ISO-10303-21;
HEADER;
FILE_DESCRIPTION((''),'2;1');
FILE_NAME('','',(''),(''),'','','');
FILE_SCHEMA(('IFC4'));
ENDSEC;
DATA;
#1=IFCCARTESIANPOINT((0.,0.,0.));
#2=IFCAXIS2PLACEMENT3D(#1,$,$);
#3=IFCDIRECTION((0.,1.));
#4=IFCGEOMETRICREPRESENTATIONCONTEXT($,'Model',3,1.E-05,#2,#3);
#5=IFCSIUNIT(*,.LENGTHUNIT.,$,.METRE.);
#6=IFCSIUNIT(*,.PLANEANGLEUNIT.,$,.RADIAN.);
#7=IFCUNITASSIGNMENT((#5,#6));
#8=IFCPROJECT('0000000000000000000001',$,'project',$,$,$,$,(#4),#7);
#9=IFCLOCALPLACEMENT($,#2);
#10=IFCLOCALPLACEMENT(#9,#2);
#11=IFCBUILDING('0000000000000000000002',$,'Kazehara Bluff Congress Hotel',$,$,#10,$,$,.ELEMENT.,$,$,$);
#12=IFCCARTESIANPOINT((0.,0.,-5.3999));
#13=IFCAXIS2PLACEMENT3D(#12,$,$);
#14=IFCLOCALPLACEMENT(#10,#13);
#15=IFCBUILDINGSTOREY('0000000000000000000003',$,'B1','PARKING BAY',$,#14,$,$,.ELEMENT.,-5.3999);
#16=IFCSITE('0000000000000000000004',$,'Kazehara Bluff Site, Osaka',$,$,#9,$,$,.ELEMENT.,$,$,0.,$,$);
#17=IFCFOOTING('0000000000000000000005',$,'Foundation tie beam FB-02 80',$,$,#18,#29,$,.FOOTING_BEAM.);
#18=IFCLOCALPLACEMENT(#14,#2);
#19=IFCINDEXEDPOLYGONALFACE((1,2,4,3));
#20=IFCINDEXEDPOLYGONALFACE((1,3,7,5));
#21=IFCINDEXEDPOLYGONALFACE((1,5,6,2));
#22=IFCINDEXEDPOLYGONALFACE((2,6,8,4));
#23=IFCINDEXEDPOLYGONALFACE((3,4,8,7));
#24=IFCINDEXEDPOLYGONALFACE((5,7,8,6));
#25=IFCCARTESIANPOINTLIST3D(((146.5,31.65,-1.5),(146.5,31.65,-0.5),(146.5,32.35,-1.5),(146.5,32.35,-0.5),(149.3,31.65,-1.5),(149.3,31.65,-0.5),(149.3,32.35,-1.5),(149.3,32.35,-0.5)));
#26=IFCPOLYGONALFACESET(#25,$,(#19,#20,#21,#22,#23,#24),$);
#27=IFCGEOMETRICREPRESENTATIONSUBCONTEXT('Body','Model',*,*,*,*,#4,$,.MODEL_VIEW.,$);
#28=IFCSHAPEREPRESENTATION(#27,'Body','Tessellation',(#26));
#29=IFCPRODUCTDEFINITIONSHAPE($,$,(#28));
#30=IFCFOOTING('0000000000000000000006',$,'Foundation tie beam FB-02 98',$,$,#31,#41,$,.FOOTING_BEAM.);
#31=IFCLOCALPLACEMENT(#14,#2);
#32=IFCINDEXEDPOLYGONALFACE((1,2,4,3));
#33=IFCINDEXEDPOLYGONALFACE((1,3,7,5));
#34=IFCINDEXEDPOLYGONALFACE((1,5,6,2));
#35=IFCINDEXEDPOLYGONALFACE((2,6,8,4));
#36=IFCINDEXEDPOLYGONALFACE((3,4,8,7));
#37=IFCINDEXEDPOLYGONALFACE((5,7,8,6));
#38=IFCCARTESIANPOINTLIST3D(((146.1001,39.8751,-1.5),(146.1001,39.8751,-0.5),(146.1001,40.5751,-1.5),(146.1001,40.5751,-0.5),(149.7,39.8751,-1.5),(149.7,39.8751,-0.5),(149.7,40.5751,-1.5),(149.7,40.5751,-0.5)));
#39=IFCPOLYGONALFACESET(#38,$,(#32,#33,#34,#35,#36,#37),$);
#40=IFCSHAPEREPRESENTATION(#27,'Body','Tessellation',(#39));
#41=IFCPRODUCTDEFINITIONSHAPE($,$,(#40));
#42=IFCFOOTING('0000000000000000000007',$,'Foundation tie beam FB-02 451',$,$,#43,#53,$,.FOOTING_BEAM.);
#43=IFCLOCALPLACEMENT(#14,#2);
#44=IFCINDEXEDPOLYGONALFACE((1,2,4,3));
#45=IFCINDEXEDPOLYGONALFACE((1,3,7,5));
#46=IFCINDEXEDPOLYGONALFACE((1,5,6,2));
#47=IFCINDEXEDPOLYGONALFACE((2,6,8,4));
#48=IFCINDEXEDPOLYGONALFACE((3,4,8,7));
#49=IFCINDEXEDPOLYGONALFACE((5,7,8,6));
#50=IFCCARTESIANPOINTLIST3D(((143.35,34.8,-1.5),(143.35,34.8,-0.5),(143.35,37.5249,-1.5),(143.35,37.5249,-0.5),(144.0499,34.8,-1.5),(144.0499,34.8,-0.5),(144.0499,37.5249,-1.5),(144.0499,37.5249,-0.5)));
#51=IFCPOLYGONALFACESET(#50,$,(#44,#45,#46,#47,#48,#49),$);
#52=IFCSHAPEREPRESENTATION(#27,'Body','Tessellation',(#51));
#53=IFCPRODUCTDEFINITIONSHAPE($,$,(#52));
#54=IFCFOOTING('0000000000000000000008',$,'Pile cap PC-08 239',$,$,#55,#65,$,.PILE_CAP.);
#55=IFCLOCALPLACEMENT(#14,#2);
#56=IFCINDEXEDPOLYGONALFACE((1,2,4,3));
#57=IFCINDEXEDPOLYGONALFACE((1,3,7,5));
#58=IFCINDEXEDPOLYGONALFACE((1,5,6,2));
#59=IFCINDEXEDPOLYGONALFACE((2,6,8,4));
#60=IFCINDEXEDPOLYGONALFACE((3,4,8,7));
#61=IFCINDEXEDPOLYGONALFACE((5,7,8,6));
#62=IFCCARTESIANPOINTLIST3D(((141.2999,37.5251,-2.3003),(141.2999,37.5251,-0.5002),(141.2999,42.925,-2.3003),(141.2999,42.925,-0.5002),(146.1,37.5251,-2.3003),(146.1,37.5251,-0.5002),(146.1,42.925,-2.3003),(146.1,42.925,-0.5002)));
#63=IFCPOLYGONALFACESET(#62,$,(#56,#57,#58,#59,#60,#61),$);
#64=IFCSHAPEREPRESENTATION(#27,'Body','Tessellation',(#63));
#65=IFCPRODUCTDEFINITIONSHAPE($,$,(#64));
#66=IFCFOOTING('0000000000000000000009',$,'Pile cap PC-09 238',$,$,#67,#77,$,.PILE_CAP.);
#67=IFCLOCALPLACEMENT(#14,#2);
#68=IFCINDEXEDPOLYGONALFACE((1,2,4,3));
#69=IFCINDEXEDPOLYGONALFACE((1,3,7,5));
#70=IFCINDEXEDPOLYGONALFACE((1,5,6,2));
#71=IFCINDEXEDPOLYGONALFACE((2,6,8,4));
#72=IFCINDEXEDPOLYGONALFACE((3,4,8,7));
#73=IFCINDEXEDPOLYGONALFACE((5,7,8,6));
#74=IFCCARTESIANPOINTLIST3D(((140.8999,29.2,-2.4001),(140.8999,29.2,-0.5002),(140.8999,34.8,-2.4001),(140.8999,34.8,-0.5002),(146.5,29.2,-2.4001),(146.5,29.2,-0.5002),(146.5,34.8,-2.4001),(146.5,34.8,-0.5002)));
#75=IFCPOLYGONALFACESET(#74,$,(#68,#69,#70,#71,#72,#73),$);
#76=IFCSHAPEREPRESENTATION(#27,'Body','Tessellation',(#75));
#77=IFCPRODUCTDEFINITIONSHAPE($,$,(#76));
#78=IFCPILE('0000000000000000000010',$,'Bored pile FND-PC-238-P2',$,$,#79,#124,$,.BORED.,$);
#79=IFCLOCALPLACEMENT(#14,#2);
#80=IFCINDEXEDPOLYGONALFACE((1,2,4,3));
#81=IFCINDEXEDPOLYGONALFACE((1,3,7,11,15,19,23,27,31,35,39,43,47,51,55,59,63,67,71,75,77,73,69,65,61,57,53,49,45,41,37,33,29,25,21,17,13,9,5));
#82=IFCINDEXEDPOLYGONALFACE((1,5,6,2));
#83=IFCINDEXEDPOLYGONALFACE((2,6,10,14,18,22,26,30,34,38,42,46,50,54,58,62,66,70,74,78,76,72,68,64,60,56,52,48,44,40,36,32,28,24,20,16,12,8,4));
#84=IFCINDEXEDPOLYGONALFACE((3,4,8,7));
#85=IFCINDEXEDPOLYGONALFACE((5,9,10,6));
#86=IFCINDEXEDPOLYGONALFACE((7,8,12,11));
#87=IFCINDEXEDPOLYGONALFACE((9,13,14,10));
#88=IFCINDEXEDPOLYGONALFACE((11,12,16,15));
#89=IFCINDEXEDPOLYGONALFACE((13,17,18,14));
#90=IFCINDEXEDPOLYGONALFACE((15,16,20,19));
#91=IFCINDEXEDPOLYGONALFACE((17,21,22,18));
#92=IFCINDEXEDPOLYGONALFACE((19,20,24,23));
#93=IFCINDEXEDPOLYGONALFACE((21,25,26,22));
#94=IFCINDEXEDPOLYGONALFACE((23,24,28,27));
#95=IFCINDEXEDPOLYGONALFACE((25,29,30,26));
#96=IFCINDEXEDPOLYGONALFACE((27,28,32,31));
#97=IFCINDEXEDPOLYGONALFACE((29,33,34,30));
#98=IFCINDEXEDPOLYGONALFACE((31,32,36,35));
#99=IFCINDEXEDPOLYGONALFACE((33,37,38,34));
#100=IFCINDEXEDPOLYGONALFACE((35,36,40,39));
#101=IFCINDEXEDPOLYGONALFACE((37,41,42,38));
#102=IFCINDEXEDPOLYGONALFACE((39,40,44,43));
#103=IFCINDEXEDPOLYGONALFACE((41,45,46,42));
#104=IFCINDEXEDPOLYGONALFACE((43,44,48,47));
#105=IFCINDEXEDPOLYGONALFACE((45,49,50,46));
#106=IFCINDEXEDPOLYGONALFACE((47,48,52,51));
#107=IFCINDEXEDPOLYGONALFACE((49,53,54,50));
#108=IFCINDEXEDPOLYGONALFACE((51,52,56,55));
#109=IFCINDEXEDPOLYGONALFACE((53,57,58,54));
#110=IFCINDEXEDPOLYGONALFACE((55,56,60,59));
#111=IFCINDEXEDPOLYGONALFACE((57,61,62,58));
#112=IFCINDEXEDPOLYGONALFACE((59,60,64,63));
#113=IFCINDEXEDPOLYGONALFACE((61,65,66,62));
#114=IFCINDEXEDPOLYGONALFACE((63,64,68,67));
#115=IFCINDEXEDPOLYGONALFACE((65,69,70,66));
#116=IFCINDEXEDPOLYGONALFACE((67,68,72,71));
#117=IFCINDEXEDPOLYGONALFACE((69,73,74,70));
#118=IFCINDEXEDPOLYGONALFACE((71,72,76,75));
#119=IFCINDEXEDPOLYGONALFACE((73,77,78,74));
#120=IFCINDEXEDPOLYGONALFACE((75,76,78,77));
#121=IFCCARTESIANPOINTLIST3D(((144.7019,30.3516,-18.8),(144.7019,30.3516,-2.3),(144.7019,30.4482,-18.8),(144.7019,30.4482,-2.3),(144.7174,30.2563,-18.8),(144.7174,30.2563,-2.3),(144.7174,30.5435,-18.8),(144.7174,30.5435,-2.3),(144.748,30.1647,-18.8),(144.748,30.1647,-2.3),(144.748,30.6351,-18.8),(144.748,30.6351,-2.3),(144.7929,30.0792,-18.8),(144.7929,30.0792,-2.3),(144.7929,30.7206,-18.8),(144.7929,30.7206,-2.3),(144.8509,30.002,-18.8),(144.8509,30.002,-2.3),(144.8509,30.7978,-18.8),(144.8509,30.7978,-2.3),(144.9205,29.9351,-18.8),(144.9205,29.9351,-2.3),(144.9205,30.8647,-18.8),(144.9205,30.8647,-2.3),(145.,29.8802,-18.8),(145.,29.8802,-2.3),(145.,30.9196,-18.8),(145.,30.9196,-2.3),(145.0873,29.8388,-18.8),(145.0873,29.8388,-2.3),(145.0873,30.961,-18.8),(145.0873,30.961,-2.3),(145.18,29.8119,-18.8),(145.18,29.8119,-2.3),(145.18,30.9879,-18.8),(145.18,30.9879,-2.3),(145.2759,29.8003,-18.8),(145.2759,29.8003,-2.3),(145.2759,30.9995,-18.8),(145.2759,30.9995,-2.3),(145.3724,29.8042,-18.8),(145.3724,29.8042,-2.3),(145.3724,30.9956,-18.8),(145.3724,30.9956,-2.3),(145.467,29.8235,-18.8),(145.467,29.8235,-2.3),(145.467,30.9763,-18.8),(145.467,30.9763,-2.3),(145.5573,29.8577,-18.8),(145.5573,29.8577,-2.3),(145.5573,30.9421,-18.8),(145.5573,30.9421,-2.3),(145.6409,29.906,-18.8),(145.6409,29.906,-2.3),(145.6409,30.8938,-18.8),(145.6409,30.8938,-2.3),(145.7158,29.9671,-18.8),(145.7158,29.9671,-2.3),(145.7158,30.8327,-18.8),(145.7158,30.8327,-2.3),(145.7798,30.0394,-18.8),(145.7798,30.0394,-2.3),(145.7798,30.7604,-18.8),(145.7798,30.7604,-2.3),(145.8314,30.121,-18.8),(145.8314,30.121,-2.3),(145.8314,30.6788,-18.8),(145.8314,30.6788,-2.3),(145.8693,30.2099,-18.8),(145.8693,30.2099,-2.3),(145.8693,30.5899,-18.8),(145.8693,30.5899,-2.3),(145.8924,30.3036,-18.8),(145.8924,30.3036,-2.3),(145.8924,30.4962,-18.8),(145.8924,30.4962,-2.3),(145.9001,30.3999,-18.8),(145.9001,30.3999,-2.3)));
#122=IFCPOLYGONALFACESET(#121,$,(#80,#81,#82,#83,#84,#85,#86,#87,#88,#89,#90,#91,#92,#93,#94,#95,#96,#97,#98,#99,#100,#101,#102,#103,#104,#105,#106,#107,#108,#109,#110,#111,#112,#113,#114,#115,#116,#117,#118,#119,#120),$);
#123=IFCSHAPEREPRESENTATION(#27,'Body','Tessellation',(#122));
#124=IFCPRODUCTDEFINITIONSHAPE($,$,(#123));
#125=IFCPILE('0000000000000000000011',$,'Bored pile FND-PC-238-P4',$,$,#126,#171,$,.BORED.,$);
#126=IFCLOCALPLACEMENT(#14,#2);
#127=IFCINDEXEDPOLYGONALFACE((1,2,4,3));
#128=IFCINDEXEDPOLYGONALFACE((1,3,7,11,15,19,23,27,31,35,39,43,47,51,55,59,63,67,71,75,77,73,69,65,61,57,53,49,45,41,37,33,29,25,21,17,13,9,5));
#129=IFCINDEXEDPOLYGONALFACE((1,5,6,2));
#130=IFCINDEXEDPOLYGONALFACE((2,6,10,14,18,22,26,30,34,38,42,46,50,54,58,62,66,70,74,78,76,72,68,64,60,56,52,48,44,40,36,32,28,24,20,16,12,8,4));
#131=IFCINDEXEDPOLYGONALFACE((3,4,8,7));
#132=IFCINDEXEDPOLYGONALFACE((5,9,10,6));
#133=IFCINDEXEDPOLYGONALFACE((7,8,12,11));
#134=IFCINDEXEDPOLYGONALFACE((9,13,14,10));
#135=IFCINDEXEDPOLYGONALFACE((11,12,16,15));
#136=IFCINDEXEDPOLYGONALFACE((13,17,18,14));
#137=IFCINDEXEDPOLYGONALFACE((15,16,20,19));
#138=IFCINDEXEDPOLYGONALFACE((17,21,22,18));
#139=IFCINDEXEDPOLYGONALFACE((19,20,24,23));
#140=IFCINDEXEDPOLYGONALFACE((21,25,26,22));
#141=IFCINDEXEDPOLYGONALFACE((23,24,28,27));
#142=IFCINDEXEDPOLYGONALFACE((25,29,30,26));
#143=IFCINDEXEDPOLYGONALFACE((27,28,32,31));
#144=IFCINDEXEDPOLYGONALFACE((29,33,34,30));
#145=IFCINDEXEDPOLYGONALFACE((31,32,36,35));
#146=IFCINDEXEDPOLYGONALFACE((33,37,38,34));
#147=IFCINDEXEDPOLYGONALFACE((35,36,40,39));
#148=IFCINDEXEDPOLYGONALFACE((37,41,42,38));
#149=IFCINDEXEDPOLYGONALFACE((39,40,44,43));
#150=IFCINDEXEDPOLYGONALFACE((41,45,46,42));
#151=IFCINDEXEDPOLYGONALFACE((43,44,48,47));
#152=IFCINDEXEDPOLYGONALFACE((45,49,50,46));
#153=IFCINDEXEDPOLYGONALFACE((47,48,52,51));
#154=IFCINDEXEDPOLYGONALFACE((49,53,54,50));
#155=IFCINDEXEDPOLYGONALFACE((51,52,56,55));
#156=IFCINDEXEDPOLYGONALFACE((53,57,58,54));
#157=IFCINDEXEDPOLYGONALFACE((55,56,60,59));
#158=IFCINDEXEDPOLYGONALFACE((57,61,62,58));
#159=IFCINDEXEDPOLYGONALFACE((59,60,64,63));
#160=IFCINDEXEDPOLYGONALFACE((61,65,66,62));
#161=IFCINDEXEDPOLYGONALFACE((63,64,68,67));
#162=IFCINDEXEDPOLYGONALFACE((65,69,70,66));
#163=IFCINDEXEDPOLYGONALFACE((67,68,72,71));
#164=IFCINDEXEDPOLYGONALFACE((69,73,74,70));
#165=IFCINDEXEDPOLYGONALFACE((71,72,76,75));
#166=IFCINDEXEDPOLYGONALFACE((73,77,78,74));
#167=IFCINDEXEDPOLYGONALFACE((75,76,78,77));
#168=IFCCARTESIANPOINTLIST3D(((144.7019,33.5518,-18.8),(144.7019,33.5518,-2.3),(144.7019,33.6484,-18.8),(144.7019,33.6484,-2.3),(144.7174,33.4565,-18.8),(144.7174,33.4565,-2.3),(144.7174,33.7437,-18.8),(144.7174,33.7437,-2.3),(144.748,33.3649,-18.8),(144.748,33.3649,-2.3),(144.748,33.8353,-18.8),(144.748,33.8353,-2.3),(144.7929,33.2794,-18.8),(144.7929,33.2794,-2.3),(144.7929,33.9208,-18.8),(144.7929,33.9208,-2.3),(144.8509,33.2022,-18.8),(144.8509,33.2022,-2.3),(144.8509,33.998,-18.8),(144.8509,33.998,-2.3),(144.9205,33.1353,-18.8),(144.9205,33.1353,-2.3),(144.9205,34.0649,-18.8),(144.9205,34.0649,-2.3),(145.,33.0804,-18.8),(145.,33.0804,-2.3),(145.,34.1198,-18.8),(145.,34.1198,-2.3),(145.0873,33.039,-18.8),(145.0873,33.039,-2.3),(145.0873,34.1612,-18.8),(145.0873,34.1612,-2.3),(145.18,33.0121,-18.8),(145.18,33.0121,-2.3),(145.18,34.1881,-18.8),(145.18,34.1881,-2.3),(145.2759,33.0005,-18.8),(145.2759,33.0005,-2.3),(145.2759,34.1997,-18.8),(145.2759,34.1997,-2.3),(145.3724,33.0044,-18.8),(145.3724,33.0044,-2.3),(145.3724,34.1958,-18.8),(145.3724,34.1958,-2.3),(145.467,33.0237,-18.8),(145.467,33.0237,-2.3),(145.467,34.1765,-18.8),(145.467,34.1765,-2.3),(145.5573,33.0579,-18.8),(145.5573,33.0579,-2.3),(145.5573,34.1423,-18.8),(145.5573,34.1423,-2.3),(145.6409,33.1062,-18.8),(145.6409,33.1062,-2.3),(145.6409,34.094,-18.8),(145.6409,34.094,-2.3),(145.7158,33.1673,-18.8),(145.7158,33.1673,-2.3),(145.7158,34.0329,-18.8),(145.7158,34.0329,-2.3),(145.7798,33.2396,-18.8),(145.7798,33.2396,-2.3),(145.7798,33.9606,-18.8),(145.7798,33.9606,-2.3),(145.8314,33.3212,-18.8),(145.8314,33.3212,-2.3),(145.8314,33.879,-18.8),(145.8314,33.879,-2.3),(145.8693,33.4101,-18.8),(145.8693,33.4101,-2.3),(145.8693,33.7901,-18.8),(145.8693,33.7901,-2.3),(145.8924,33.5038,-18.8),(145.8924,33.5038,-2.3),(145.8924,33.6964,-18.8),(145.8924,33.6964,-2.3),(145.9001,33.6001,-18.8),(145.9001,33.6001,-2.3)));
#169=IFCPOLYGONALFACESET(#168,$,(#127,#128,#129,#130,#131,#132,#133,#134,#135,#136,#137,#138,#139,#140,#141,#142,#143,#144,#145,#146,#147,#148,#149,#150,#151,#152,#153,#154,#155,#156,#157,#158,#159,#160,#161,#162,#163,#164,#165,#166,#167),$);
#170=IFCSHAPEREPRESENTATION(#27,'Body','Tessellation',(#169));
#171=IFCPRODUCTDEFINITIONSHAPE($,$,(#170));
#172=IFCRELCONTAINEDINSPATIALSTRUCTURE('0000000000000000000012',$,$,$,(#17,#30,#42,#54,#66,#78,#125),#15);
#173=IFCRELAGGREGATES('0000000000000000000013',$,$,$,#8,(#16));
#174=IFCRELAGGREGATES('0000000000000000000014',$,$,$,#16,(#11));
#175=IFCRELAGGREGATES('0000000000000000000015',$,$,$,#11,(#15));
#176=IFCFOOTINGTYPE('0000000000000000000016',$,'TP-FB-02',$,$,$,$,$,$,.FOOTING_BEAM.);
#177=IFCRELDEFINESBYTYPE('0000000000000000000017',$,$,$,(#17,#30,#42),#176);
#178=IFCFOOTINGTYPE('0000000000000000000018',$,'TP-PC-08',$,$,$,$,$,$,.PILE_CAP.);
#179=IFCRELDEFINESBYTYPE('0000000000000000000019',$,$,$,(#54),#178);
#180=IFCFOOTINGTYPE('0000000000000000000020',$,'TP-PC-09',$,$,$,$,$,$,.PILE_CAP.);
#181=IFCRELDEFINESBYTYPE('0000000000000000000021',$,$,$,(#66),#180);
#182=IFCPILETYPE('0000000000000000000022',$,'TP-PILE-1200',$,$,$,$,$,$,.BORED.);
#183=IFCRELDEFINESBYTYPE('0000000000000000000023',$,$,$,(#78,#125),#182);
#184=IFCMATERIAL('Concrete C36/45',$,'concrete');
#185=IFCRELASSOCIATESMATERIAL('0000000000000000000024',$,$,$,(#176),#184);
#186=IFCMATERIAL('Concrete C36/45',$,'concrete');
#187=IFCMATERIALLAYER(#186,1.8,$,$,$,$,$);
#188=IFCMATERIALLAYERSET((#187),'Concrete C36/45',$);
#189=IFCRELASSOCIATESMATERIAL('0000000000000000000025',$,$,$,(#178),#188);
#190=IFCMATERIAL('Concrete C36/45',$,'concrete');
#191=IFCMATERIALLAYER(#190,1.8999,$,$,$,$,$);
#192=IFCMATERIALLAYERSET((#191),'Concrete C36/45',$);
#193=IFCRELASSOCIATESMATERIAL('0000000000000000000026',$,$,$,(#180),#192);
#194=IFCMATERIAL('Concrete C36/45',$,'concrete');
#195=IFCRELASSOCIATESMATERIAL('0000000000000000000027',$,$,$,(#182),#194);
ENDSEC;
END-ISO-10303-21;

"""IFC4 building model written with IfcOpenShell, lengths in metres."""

from ifc_helpers import new_model, si_unit, direction, frame, origin, origin_2d, place, context, subcontext, project, spatial, rectangle, circle, extrude, material, layer, layer_set, material_profile, profile_set, type_object, element, save


model = new_model("IFC4")

# Units and contexts
model_context = context("Model", 3, precision=1e-05, world=origin(), true_north=direction((0.0, 1.0)))
body_context = subcontext(model_context, "Body", "Model", "MODEL_VIEW")
ifc_project = project(units=[si_unit("LENGTHUNIT", "METRE"), si_unit("PLANEANGLEUNIT", "RADIAN")], contexts=[model_context])

# Site, building, storey
site_placement = place(None, origin())
site = spatial("IfcSite", under=ifc_project, at=site_placement, Name="Kazehara Bluff Site, Osaka", CompositionType="ELEMENT", RefElevation=0.0)
building_placement = place(site_placement, origin())
building = spatial("IfcBuilding", under=site, at=building_placement, Name="Kazehara Bluff Congress Hotel", CompositionType="ELEMENT")
storey_placement = place(building_placement, frame((0.0, 0.0, -5.3999)))
storey = spatial("IfcBuildingStorey", under=building, at=storey_placement, Name="B1", Description="PARKING BAY", CompositionType="ELEMENT", Elevation=-5.3999)

# Footings
ifc_material_1 = material(Name="Concrete C36/45", Category="concrete")
ifc_material_profile_1 = material_profile(ifc_material_1, rectangle(XDim=0.7, YDim=1.0, at=origin_2d()))
ifc_profile_set_1 = profile_set([ifc_material_profile_1], Name="Concrete C36/45")
footing_type_1 = type_object("IfcFootingType", Name="TP-FB-02", PredefinedType="FOOTING_BEAM", material=ifc_profile_set_1)
footing_1_placement = place(storey_placement, frame((146.5, 32.0, -1.0), z_axis=(1.0, 0.0, 0.0), x_axis=(0.0, 1.0, 0.0)))
element("IfcFooting", 1, at=footing_1_placement, inside=storey, type_object=footing_type_1, Name="Foundation tie beam FB-02 80", PredefinedType="FOOTING_BEAM", context=body_context, shape_type="SweptSolid", body=[
    extrude(rectangle(XDim=0.7, YDim=1.0, at=origin_2d()), origin(), (0.0, 0.0, 1.0), 2.8),
])
footing_2_placement = place(storey_placement, frame((146.1001, 40.2251, -1.0), z_axis=(1.0, 0.0, 0.0), x_axis=(0.0, 1.0, 0.0)))
element("IfcFooting", 2, at=footing_2_placement, inside=storey, type_object=footing_type_1, Name="Foundation tie beam FB-02 98", PredefinedType="FOOTING_BEAM", context=body_context, shape_type="SweptSolid", body=[
    extrude(rectangle(XDim=0.7, YDim=1.0, at=origin_2d()), origin(), (0.0, 0.0, 1.0), 3.5999),
])
footing_3_placement = place(storey_placement, frame((143.7, 34.8, -1.0), z_axis=(0.0, 1.0, 0.0), x_axis=(-1.0, 0.0, 0.0)))
element("IfcFooting", 3, at=footing_3_placement, inside=storey, type_object=footing_type_1, Name="Foundation tie beam FB-02 451", PredefinedType="FOOTING_BEAM", context=body_context, shape_type="SweptSolid", body=[
    extrude(rectangle(XDim=0.7, YDim=1.0, at=origin_2d()), origin(), (0.0, 0.0, 1.0), 2.7249),
])
ifc_material_2 = material(Name="Concrete C36/45", Category="concrete")
ifc_layer_1 = layer(ifc_material_2, 1.8)
ifc_layer_set_1 = layer_set([ifc_layer_1], Name="Concrete C36/45")
footing_type_2 = type_object("IfcFootingType", Name="TP-PC-08", PredefinedType="PILE_CAP", material=ifc_layer_set_1)
footing_4_placement = place(storey_placement, frame((143.7, 40.2251, -2.3003), z_axis=(0.0, 0.0, 1.0), x_axis=(1.0, 0.0, 0.0)))
element("IfcFooting", 4, at=footing_4_placement, inside=storey, type_object=footing_type_2, Name="Pile cap PC-08 239", PredefinedType="PILE_CAP", context=body_context, shape_type="SweptSolid", body=[
    extrude(rectangle(XDim=4.8, YDim=5.3999, at=origin_2d()), origin(), (0.0, 0.0, 1.0), 1.8),
])
ifc_material_3 = material(Name="Concrete C36/45", Category="concrete")
ifc_layer_2 = layer(ifc_material_3, 1.8999)
ifc_layer_set_2 = layer_set([ifc_layer_2], Name="Concrete C36/45")
footing_type_3 = type_object("IfcFootingType", Name="TP-PC-09", PredefinedType="PILE_CAP", material=ifc_layer_set_2)
footing_5_placement = place(storey_placement, frame((143.7, 32.0, -2.4001), z_axis=(0.0, 0.0, 1.0), x_axis=(1.0, 0.0, 0.0)))
element("IfcFooting", 5, at=footing_5_placement, inside=storey, type_object=footing_type_3, Name="Pile cap PC-09 238", PredefinedType="PILE_CAP", context=body_context, shape_type="SweptSolid", body=[
    extrude(rectangle(XDim=5.6001, YDim=5.6001, at=origin_2d()), origin(), (0.0, 0.0, 1.0), 1.8999),
])

# Piles
ifc_material_4 = material(Name="Concrete C36/45", Category="concrete")
ifc_material_profile_2 = material_profile(ifc_material_4, circle(Radius=0.6001, at=origin_2d()))
ifc_profile_set_2 = profile_set([ifc_material_profile_2], Name="Concrete C36/45")
pile_type = type_object("IfcPileType", Name="TP-PILE-1200", PredefinedType="BORED", material=ifc_profile_set_2)
for number, where, z_axis, x_axis, name in (
    (6, (145.3, 30.3999, -2.3), (0.0, 0.0, -1.0), (1.0, 0.0, 0.0), "Bored pile FND-PC-238-P2"),
    (7, (145.3, 33.6001, -2.3), (0.0, 0.0, -1.0), (1.0, 0.0, 0.0), "Bored pile FND-PC-238-P4"),
):
    element("IfcPile", number, at=place(storey_placement, frame(where, z_axis=z_axis, x_axis=x_axis)), inside=storey, type_object=pile_type, Name=name, PredefinedType="BORED", context=body_context, shape_type="SweptSolid", body=[
        extrude(circle(Radius=0.6001, at=origin_2d()), origin(), (0.0, 0.0, 1.0), 16.5),
    ])

save(model, "model.ifc")
